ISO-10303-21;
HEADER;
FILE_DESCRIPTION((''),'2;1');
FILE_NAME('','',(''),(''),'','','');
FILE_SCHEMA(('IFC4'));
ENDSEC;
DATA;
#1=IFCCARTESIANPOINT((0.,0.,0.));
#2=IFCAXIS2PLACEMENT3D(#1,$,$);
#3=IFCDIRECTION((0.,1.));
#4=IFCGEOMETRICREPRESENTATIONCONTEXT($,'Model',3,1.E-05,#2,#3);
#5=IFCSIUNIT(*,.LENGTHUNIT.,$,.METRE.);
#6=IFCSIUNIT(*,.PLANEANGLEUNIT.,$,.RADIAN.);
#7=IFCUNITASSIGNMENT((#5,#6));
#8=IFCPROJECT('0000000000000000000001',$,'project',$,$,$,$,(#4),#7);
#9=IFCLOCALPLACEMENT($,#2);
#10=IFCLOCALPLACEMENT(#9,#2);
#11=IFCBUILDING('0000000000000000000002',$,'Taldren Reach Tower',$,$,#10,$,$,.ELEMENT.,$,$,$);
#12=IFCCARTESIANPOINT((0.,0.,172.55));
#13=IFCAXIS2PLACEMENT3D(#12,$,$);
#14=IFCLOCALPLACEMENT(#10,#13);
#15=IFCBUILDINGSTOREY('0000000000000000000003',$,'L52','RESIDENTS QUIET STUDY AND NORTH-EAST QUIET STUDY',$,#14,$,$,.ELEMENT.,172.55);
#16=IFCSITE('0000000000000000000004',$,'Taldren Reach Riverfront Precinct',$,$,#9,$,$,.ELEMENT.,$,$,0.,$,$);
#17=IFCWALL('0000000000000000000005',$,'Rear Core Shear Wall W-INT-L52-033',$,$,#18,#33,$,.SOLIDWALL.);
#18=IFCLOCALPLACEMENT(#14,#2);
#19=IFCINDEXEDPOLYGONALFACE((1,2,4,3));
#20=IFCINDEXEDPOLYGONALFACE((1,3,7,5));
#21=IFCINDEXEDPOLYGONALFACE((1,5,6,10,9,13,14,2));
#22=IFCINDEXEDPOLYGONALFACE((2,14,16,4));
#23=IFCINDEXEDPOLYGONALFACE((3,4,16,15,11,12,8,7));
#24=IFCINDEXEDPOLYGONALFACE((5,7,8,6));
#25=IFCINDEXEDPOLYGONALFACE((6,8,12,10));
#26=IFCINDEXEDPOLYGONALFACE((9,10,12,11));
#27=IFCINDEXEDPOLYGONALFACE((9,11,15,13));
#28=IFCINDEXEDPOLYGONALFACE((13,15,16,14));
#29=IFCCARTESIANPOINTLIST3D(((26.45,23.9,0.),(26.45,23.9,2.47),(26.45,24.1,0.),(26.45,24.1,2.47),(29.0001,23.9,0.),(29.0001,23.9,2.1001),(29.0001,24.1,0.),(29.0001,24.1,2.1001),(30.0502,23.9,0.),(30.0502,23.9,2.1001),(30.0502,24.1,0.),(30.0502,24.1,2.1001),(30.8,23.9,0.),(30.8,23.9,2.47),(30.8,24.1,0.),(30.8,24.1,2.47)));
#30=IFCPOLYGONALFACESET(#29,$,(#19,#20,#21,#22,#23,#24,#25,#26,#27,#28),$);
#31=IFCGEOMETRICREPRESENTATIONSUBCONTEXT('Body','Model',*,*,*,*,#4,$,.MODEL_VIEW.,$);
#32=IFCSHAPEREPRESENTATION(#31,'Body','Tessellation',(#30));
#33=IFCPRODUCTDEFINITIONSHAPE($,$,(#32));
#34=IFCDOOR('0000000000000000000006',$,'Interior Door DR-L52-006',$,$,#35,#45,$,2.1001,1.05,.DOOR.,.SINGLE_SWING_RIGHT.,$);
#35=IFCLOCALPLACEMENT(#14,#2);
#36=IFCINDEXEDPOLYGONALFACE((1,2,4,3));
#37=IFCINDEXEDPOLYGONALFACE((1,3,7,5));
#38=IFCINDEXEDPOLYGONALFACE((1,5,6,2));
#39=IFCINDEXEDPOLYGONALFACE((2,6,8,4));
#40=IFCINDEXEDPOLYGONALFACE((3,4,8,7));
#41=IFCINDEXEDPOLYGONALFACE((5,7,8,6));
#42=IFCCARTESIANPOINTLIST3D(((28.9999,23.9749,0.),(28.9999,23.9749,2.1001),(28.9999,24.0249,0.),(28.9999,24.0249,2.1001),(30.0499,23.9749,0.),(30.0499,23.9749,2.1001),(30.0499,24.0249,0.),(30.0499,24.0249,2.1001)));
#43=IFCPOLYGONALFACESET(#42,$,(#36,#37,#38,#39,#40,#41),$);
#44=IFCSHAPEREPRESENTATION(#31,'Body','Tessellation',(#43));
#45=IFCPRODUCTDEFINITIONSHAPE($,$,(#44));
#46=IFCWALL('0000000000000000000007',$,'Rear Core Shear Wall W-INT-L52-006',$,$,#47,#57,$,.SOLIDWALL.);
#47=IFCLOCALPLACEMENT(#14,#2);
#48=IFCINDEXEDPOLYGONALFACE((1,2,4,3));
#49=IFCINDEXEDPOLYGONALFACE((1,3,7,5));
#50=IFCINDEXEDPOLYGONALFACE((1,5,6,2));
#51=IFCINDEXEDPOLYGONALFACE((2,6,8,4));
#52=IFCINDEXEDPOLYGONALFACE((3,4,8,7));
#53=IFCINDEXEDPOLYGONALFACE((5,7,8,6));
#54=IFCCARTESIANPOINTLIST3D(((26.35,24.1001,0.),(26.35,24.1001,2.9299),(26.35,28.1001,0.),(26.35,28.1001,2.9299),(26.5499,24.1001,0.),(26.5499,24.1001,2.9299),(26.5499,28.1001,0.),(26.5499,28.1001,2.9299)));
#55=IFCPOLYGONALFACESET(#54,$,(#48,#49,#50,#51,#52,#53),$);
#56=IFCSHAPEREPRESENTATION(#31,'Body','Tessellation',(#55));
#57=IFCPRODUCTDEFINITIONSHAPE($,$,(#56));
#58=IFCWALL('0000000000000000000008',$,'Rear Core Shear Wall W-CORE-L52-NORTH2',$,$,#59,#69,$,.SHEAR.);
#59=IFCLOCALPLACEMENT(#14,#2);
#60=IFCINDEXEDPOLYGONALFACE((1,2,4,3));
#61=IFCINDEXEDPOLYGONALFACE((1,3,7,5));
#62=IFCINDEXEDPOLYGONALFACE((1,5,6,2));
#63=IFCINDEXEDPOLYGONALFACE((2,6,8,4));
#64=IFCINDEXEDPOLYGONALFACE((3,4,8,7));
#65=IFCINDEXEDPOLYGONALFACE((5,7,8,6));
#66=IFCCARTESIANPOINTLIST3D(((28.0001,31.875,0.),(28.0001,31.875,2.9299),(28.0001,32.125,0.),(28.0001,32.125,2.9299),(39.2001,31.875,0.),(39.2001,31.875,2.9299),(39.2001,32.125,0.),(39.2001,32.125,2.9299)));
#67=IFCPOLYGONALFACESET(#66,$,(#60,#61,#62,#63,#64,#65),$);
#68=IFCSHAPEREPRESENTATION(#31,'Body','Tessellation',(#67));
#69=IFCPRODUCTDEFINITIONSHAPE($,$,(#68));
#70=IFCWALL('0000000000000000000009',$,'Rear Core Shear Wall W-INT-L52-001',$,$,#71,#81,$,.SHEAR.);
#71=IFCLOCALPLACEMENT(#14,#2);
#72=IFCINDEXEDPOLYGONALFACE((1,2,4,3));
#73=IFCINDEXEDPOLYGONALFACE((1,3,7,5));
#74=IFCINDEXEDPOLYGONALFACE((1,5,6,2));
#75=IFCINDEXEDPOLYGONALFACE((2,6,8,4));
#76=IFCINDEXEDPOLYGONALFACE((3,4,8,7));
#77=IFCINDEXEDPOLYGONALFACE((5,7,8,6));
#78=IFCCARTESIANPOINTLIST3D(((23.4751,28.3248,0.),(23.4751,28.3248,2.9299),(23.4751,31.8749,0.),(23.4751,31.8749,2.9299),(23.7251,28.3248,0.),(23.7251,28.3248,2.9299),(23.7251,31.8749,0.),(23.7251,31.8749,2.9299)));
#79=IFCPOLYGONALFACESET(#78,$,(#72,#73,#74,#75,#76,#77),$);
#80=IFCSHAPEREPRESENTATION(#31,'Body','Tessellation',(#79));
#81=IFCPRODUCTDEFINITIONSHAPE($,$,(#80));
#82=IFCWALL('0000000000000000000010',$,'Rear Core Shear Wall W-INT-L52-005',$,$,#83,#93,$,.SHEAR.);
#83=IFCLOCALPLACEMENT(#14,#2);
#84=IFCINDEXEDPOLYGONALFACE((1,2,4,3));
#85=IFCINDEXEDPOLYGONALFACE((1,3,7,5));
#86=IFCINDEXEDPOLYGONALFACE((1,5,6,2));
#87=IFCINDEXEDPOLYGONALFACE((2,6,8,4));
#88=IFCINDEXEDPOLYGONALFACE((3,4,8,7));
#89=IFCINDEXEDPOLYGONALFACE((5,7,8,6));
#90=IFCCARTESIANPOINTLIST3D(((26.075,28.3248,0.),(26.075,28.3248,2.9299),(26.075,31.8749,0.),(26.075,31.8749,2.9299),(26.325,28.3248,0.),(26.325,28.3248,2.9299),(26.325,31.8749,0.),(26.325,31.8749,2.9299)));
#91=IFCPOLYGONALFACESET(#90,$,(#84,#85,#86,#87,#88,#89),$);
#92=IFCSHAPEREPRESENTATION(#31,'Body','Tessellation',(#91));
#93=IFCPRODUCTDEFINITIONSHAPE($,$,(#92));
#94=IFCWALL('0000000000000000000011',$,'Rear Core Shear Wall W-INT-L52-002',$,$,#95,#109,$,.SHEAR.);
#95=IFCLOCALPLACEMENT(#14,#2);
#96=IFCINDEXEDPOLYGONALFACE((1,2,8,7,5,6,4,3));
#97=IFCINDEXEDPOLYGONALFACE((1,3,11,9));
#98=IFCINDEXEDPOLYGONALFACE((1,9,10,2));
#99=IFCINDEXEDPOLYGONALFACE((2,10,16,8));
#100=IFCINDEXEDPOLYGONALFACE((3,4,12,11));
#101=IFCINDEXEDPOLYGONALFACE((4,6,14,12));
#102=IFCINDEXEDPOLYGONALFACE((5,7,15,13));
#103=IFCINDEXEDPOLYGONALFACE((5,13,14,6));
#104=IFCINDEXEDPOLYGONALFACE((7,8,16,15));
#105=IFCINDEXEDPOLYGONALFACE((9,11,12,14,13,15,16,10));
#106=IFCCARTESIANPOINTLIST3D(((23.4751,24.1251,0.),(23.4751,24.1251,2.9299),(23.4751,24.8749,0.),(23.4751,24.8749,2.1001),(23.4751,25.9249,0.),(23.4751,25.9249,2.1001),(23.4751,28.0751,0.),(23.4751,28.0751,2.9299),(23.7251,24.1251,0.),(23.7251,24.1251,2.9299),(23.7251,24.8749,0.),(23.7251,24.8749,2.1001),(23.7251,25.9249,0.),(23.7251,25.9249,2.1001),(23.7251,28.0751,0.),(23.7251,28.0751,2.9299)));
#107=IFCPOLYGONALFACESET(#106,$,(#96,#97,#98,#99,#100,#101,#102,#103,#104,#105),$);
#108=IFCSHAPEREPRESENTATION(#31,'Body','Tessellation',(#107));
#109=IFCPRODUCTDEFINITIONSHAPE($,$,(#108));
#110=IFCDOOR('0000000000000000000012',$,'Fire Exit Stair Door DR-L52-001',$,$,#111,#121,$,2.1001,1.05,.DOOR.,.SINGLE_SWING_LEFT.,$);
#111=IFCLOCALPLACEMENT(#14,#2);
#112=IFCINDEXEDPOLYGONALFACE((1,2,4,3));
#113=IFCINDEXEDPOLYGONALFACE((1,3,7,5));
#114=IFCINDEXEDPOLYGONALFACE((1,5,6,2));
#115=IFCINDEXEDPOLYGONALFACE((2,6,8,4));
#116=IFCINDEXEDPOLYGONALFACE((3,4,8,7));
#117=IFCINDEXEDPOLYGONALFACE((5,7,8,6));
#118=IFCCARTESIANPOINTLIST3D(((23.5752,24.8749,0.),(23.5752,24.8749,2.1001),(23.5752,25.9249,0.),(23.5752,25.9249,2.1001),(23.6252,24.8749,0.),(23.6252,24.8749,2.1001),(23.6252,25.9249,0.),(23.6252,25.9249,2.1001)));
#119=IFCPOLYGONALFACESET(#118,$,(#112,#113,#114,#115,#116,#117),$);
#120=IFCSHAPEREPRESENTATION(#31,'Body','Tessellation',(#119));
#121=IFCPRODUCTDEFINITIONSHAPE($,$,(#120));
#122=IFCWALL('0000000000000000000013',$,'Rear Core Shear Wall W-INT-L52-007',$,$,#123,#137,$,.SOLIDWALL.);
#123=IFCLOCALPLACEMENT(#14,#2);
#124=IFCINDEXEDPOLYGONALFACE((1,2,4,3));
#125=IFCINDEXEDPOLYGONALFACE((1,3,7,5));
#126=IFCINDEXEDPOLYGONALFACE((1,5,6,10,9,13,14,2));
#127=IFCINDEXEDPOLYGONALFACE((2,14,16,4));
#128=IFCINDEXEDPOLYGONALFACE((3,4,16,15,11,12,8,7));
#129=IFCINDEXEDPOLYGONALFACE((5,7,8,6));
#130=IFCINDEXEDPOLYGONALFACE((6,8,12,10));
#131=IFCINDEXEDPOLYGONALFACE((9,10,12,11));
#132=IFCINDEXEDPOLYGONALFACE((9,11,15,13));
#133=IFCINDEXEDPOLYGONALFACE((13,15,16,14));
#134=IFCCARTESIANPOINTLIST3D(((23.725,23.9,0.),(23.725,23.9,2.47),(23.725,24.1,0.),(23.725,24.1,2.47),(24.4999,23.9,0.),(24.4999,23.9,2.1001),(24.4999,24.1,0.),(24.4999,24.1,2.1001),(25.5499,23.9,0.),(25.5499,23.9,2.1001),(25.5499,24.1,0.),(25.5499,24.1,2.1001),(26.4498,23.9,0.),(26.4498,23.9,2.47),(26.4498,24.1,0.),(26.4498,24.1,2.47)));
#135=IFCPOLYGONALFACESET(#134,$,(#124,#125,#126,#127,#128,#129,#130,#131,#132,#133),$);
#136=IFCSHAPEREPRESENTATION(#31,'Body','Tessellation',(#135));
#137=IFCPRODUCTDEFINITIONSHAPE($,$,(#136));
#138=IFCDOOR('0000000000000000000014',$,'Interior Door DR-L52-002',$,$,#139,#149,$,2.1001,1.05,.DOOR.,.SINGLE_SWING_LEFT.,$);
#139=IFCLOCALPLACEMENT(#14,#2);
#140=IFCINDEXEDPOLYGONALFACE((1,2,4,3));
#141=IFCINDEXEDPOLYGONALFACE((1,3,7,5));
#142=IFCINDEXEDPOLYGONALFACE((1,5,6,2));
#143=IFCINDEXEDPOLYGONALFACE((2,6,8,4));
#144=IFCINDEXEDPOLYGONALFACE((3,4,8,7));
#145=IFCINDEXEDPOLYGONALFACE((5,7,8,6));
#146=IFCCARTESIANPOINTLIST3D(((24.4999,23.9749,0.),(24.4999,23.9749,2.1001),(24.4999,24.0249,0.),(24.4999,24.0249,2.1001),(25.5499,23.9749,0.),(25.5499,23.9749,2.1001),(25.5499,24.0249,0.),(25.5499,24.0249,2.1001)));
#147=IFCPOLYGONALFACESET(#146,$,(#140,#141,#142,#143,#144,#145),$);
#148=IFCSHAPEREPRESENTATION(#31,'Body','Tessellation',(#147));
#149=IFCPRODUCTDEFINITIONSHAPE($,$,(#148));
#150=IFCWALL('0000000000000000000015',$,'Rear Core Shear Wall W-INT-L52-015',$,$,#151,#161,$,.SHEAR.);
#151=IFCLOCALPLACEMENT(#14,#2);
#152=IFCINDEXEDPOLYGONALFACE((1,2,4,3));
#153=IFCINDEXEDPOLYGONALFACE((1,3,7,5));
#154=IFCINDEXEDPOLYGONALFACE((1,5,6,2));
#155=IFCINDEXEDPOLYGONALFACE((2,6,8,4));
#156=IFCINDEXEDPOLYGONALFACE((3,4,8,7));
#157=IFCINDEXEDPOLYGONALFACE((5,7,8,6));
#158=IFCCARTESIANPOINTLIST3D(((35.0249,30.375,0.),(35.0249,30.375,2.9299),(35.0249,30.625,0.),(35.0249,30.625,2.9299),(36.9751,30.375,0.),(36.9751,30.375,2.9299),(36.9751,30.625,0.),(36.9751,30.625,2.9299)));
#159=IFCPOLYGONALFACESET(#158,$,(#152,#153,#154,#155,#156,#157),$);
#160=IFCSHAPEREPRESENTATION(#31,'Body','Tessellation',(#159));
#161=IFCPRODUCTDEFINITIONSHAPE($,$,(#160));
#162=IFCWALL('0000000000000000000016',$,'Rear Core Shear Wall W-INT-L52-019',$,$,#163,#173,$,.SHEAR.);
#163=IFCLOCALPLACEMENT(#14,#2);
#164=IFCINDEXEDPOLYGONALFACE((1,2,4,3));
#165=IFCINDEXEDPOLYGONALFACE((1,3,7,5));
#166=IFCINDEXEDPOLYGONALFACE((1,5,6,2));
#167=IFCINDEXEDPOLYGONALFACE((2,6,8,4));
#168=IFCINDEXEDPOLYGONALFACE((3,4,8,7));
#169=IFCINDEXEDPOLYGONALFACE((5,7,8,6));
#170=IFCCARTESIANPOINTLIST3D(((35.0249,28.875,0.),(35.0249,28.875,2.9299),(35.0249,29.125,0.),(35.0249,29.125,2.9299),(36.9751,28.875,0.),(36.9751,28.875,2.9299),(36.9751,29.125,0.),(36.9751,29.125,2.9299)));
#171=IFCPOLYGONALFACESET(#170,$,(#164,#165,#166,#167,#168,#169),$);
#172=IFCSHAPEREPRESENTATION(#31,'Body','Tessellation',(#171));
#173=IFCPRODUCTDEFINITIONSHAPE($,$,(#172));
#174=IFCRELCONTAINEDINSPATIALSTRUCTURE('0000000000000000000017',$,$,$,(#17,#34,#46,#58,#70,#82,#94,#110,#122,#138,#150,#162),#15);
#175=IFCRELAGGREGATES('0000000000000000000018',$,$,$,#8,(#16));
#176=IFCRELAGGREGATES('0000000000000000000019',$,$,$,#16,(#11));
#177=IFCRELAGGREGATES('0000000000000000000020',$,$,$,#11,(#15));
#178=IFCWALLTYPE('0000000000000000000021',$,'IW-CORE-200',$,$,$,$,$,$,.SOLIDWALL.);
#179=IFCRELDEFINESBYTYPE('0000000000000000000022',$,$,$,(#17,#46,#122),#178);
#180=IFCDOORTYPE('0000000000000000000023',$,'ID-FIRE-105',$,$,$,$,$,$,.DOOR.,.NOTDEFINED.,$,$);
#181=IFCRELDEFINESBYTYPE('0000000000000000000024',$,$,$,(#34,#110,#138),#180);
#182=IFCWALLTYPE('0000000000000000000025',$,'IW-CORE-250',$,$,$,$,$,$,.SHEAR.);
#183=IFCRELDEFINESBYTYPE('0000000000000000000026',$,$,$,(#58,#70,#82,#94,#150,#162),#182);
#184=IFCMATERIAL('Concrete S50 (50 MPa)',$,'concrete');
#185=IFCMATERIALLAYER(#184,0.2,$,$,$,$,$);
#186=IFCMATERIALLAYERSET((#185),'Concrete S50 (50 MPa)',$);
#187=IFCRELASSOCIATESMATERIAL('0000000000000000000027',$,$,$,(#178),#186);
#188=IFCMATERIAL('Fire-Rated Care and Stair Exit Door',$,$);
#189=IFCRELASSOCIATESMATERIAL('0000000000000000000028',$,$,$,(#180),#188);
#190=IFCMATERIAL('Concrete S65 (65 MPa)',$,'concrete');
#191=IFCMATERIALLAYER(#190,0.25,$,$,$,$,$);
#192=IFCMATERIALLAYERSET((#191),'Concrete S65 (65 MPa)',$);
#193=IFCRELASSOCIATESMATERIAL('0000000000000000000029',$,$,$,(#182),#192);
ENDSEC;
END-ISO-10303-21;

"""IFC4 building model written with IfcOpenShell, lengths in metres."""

from ifc_helpers import new_model, si_unit, direction, frame, frame_2d, origin, place, context, subcontext, project, spatial, rectangle, extrude, source, transform, mapped, material, layer, layer_set, type_object, element, fill, save


model = new_model("IFC4")

# Units and contexts
model_context = context("Model", 3, precision=1e-05, world=origin(), true_north=direction((0.0, 1.0)))
body_context = subcontext(model_context, "Body", "Model", "MODEL_VIEW")
ifc_project = project(units=[si_unit("LENGTHUNIT", "METRE"), si_unit("PLANEANGLEUNIT", "RADIAN")], contexts=[model_context])

# Site, building, storey
site_placement = place(None, origin())
site = spatial("IfcSite", under=ifc_project, at=site_placement, Name="Taldren Reach Riverfront Precinct", CompositionType="ELEMENT", RefElevation=0.0)
building_placement = place(site_placement, origin())
building = spatial("IfcBuilding", under=site, at=building_placement, Name="Taldren Reach Tower", CompositionType="ELEMENT")
storey_placement = place(building_placement, frame((0.0, 0.0, 172.55)))
storey = spatial("IfcBuildingStorey", under=building, at=storey_placement, Name="L52", Description="RESIDENTS QUIET STUDY AND NORTH-EAST QUIET STUDY", CompositionType="ELEMENT", Elevation=172.55)

# Wall, opening, door
ifc_material_1 = material(Name="Concrete S50 (50 MPa)", Category="concrete")
ifc_layer_1 = layer(ifc_material_1, 0.2)
ifc_layer_set_1 = layer_set([ifc_layer_1], Name="Concrete S50 (50 MPa)")
wall_type_1 = type_object("IfcWallType", Name="IW-CORE-200", PredefinedType="SOLIDWALL", material=ifc_layer_set_1)
shared_shape_1 = source(origin(), body_context, "Body", "SweptSolid", [
    extrude(rectangle(XDim=4.3501, YDim=0.2, at=frame_2d((2.175, 0.0))), origin(), (0.0, 0.0, 1.0), 2.47),
])
wall_1_placement = place(storey_placement, frame((30.8, 24.0, 0.0), z_axis=(0.0, 0.0, 1.0), x_axis=(-1.0, 0.0, 0.0)))
wall_1 = element("IfcWall", 1, at=wall_1_placement, inside=storey, type_object=wall_type_1, Name="Rear Core Shear Wall W-INT-L52-033", PredefinedType="SOLIDWALL", context=body_context, shape_type="MappedRepresentation", body=[
    mapped(shared_shape_1, transform((0.0, 0.0, 0.0), scale=1.0)),
])
shared_shape_2 = source(origin(), body_context, "Body", "SweptSolid", [
    extrude(rectangle(XDim=1.05, YDim=2.1001, at=frame_2d((0.5249, 1.05))), frame((0.0, 0.1099, 0.0), z_axis=(0.0, -1.0, 0.0), x_axis=(1.0, 0.0, 0.0)), (0.0, 0.0, 1.0), 0.22),
])
opening_1_placement = place(wall_1_placement, frame((0.75, 0.0, 0.0)))
opening_1 = element("IfcOpeningElement", 2, at=opening_1_placement, cuts=wall_1, PredefinedType="OPENING", context=body_context, shape_type="MappedRepresentation", body=[
    mapped(shared_shape_2, transform((0.0, 0.0, 0.0), scale=1.0)),
])
ifc_material_2 = material(Name="Fire-Rated Care and Stair Exit Door")
door_type_1 = type_object("IfcDoorType", Name="ID-FIRE-105", OperationType="NOTDEFINED", PredefinedType="DOOR", material=ifc_material_2)
shared_shape_3 = source(origin(), body_context, "Body", "SweptSolid", [
    extrude(rectangle(XDim=1.05, YDim=2.1001, at=frame_2d((0.5249, 1.05))), frame((0.0, 0.0249, 0.0), z_axis=(0.0, -1.0, 0.0), x_axis=(1.0, 0.0, 0.0)), (0.0, 0.0, 1.0), 0.05),
])
door_1_placement = place(opening_1_placement, frame((1.05, 0.0, 0.0), z_axis=(0.0, 0.0, 1.0), x_axis=(-1.0, 0.0, 0.0)))
door_1 = element("IfcDoor", 3, at=door_1_placement, inside=storey, type_object=door_type_1, Name="Interior Door DR-L52-006", OperationType="SINGLE_SWING_RIGHT", OverallHeight=2.1001, OverallWidth=1.05, PredefinedType="DOOR", context=body_context, shape_type="MappedRepresentation", body=[
    mapped(shared_shape_3, transform((0.0, 0.0, 0.0), scale=1.0)),
])
fill(opening_1, door_1)

# Walls
shared_shape_4 = source(origin(), body_context, "Body", "SweptSolid", [
    extrude(rectangle(XDim=4.0, YDim=0.2, at=frame_2d((2.0, 0.0))), origin(), (0.0, 0.0, 1.0), 2.9299),
])
wall_2_placement = place(storey_placement, frame((26.45, 24.1001, 0.0), z_axis=(0.0, 0.0, 1.0), x_axis=(0.0, 1.0, 0.0)))
element("IfcWall", 4, at=wall_2_placement, inside=storey, type_object=wall_type_1, Name="Rear Core Shear Wall W-INT-L52-006", PredefinedType="SOLIDWALL", context=body_context, shape_type="MappedRepresentation", body=[
    mapped(shared_shape_4, transform((0.0, 0.0, 0.0), scale=1.0)),
])
ifc_material_3 = material(Name="Concrete S65 (65 MPa)", Category="concrete")
ifc_layer_2 = layer(ifc_material_3, 0.25)
ifc_layer_set_2 = layer_set([ifc_layer_2], Name="Concrete S65 (65 MPa)")
wall_type_2 = type_object("IfcWallType", Name="IW-CORE-250", PredefinedType="SHEAR", material=ifc_layer_set_2)
shared_shape_5 = source(origin(), body_context, "Body", "SweptSolid", [
    extrude(rectangle(XDim=11.2, YDim=0.25, at=frame_2d((5.6001, 0.0))), origin(), (0.0, 0.0, 1.0), 2.9299),
])
wall_3_placement = place(storey_placement, frame((28.0, 32.0, 0.0), z_axis=(0.0, 0.0, 1.0), x_axis=(1.0, 0.0, 0.0)))
element("IfcWall", 5, at=wall_3_placement, inside=storey, type_object=wall_type_2, Name="Rear Core Shear Wall W-CORE-L52-NORTH2", PredefinedType="SHEAR", context=body_context, shape_type="MappedRepresentation", body=[
    mapped(shared_shape_5, transform((0.0, 0.0, 0.0), scale=1.0)),
])
shared_shape_6 = source(origin(), body_context, "Body", "SweptSolid", [
    extrude(rectangle(XDim=3.55, YDim=0.25, at=frame_2d((1.7749, 0.0))), origin(), (0.0, 0.0, 1.0), 2.9299),
])
for number, where, z_axis, x_axis, name in (
    (6, (23.6001, 28.325, 0.0), (0.0, 0.0, 1.0), (0.0, 1.0, 0.0), "Rear Core Shear Wall W-INT-L52-001"),
    (7, (26.2, 28.325, 0.0), (0.0, 0.0, 1.0), (0.0, 1.0, 0.0), "Rear Core Shear Wall W-INT-L52-005"),
):
    element("IfcWall", number, at=place(storey_placement, frame(where, z_axis=z_axis, x_axis=x_axis)), inside=storey, type_object=wall_type_2, Name=name, PredefinedType="SHEAR", context=body_context, shape_type="MappedRepresentation", body=[
        mapped(shared_shape_6, transform((0.0, 0.0, 0.0), scale=1.0)),
    ])

# Walls, openings, doors
shared_shape_7 = source(origin(), body_context, "Body", "SweptSolid", [
    extrude(rectangle(XDim=3.95, YDim=0.25, at=frame_2d((1.9751, 0.0))), origin(), (0.0, 0.0, 1.0), 2.9299),
])
wall_4_placement = place(storey_placement, frame((23.6001, 24.125, 0.0), z_axis=(0.0, 0.0, 1.0), x_axis=(0.0, 1.0, 0.0)))
wall_4 = element("IfcWall", 8, at=wall_4_placement, inside=storey, type_object=wall_type_2, Name="Rear Core Shear Wall W-INT-L52-002", PredefinedType="SHEAR", context=body_context, shape_type="MappedRepresentation", body=[
    mapped(shared_shape_7, transform((0.0, 0.0, 0.0), scale=1.0)),
])
shared_shape_8 = source(origin(), body_context, "Body", "SweptSolid", [
    extrude(rectangle(XDim=1.05, YDim=2.1001, at=frame_2d((0.5249, 1.05))), frame((0.0, 0.135, 0.0), z_axis=(0.0, -1.0, 0.0), x_axis=(1.0, 0.0, 0.0)), (0.0, 0.0, 1.0), 0.27),
])
opening_2_placement = place(wall_4_placement, frame((0.75, 0.0, 0.0)))
opening_2 = element("IfcOpeningElement", 9, at=opening_2_placement, cuts=wall_4, PredefinedType="OPENING", context=body_context, shape_type="MappedRepresentation", body=[
    mapped(shared_shape_8, transform((0.0, 0.0, 0.0), scale=1.0)),
])
door_2_placement = place(opening_2_placement, origin())
door_2 = element("IfcDoor", 10, at=door_2_placement, inside=storey, type_object=door_type_1, Name="Fire Exit Stair Door DR-L52-001", OperationType="SINGLE_SWING_LEFT", OverallHeight=2.1001, OverallWidth=1.05, PredefinedType="DOOR", context=body_context, shape_type="MappedRepresentation", body=[
    mapped(shared_shape_3, transform((0.0, 0.0, 0.0), scale=1.0)),
])
fill(opening_2, door_2)
shared_shape_9 = source(origin(), body_context, "Body", "SweptSolid", [
    extrude(rectangle(XDim=2.7249, YDim=0.2, at=frame_2d((1.3623, 0.0))), origin(), (0.0, 0.0, 1.0), 2.47),
])
wall_5_placement = place(storey_placement, frame((23.7251, 24.0, 0.0), z_axis=(0.0, 0.0, 1.0), x_axis=(1.0, 0.0, 0.0)))
wall_5 = element("IfcWall", 11, at=wall_5_placement, inside=storey, type_object=wall_type_1, Name="Rear Core Shear Wall W-INT-L52-007", PredefinedType="SOLIDWALL", context=body_context, shape_type="MappedRepresentation", body=[
    mapped(shared_shape_9, transform((0.0, 0.0, 0.0), scale=1.0)),
])
opening_3_placement = place(wall_5_placement, frame((0.7749, 0.0, 0.0)))
opening_3 = element("IfcOpeningElement", 12, at=opening_3_placement, cuts=wall_5, PredefinedType="OPENING", context=body_context, shape_type="MappedRepresentation", body=[
    mapped(shared_shape_2, transform((0.0, 0.0, 0.0), scale=1.0)),
])
door_3_placement = place(opening_3_placement, origin())
door_3 = element("IfcDoor", 13, at=door_3_placement, inside=storey, type_object=door_type_1, Name="Interior Door DR-L52-002", OperationType="SINGLE_SWING_LEFT", OverallHeight=2.1001, OverallWidth=1.05, PredefinedType="DOOR", context=body_context, shape_type="MappedRepresentation", body=[
    mapped(shared_shape_3, transform((0.0, 0.0, 0.0), scale=1.0)),
])
fill(opening_3, door_3)

# Walls
shared_shape_10 = source(origin(), body_context, "Body", "SweptSolid", [
    extrude(rectangle(XDim=1.9502, YDim=0.25, at=frame_2d((0.9751, 0.0))), origin(), (0.0, 0.0, 1.0), 2.9299),
])
for number, where, z_axis, x_axis, name in (
    (14, (35.0249, 30.5, 0.0), (0.0, 0.0, 1.0), (1.0, 0.0, 0.0), "Rear Core Shear Wall W-INT-L52-015"),
    (15, (35.0249, 29.0, 0.0), (0.0, 0.0, 1.0), (1.0, 0.0, 0.0), "Rear Core Shear Wall W-INT-L52-019"),
):
    element("IfcWall", number, at=place(storey_placement, frame(where, z_axis=z_axis, x_axis=x_axis)), inside=storey, type_object=wall_type_2, Name=name, PredefinedType="SHEAR", context=body_context, shape_type="MappedRepresentation", body=[
        mapped(shared_shape_10, transform((0.0, 0.0, 0.0), scale=1.0)),
    ])

save(model, "model.ifc")
